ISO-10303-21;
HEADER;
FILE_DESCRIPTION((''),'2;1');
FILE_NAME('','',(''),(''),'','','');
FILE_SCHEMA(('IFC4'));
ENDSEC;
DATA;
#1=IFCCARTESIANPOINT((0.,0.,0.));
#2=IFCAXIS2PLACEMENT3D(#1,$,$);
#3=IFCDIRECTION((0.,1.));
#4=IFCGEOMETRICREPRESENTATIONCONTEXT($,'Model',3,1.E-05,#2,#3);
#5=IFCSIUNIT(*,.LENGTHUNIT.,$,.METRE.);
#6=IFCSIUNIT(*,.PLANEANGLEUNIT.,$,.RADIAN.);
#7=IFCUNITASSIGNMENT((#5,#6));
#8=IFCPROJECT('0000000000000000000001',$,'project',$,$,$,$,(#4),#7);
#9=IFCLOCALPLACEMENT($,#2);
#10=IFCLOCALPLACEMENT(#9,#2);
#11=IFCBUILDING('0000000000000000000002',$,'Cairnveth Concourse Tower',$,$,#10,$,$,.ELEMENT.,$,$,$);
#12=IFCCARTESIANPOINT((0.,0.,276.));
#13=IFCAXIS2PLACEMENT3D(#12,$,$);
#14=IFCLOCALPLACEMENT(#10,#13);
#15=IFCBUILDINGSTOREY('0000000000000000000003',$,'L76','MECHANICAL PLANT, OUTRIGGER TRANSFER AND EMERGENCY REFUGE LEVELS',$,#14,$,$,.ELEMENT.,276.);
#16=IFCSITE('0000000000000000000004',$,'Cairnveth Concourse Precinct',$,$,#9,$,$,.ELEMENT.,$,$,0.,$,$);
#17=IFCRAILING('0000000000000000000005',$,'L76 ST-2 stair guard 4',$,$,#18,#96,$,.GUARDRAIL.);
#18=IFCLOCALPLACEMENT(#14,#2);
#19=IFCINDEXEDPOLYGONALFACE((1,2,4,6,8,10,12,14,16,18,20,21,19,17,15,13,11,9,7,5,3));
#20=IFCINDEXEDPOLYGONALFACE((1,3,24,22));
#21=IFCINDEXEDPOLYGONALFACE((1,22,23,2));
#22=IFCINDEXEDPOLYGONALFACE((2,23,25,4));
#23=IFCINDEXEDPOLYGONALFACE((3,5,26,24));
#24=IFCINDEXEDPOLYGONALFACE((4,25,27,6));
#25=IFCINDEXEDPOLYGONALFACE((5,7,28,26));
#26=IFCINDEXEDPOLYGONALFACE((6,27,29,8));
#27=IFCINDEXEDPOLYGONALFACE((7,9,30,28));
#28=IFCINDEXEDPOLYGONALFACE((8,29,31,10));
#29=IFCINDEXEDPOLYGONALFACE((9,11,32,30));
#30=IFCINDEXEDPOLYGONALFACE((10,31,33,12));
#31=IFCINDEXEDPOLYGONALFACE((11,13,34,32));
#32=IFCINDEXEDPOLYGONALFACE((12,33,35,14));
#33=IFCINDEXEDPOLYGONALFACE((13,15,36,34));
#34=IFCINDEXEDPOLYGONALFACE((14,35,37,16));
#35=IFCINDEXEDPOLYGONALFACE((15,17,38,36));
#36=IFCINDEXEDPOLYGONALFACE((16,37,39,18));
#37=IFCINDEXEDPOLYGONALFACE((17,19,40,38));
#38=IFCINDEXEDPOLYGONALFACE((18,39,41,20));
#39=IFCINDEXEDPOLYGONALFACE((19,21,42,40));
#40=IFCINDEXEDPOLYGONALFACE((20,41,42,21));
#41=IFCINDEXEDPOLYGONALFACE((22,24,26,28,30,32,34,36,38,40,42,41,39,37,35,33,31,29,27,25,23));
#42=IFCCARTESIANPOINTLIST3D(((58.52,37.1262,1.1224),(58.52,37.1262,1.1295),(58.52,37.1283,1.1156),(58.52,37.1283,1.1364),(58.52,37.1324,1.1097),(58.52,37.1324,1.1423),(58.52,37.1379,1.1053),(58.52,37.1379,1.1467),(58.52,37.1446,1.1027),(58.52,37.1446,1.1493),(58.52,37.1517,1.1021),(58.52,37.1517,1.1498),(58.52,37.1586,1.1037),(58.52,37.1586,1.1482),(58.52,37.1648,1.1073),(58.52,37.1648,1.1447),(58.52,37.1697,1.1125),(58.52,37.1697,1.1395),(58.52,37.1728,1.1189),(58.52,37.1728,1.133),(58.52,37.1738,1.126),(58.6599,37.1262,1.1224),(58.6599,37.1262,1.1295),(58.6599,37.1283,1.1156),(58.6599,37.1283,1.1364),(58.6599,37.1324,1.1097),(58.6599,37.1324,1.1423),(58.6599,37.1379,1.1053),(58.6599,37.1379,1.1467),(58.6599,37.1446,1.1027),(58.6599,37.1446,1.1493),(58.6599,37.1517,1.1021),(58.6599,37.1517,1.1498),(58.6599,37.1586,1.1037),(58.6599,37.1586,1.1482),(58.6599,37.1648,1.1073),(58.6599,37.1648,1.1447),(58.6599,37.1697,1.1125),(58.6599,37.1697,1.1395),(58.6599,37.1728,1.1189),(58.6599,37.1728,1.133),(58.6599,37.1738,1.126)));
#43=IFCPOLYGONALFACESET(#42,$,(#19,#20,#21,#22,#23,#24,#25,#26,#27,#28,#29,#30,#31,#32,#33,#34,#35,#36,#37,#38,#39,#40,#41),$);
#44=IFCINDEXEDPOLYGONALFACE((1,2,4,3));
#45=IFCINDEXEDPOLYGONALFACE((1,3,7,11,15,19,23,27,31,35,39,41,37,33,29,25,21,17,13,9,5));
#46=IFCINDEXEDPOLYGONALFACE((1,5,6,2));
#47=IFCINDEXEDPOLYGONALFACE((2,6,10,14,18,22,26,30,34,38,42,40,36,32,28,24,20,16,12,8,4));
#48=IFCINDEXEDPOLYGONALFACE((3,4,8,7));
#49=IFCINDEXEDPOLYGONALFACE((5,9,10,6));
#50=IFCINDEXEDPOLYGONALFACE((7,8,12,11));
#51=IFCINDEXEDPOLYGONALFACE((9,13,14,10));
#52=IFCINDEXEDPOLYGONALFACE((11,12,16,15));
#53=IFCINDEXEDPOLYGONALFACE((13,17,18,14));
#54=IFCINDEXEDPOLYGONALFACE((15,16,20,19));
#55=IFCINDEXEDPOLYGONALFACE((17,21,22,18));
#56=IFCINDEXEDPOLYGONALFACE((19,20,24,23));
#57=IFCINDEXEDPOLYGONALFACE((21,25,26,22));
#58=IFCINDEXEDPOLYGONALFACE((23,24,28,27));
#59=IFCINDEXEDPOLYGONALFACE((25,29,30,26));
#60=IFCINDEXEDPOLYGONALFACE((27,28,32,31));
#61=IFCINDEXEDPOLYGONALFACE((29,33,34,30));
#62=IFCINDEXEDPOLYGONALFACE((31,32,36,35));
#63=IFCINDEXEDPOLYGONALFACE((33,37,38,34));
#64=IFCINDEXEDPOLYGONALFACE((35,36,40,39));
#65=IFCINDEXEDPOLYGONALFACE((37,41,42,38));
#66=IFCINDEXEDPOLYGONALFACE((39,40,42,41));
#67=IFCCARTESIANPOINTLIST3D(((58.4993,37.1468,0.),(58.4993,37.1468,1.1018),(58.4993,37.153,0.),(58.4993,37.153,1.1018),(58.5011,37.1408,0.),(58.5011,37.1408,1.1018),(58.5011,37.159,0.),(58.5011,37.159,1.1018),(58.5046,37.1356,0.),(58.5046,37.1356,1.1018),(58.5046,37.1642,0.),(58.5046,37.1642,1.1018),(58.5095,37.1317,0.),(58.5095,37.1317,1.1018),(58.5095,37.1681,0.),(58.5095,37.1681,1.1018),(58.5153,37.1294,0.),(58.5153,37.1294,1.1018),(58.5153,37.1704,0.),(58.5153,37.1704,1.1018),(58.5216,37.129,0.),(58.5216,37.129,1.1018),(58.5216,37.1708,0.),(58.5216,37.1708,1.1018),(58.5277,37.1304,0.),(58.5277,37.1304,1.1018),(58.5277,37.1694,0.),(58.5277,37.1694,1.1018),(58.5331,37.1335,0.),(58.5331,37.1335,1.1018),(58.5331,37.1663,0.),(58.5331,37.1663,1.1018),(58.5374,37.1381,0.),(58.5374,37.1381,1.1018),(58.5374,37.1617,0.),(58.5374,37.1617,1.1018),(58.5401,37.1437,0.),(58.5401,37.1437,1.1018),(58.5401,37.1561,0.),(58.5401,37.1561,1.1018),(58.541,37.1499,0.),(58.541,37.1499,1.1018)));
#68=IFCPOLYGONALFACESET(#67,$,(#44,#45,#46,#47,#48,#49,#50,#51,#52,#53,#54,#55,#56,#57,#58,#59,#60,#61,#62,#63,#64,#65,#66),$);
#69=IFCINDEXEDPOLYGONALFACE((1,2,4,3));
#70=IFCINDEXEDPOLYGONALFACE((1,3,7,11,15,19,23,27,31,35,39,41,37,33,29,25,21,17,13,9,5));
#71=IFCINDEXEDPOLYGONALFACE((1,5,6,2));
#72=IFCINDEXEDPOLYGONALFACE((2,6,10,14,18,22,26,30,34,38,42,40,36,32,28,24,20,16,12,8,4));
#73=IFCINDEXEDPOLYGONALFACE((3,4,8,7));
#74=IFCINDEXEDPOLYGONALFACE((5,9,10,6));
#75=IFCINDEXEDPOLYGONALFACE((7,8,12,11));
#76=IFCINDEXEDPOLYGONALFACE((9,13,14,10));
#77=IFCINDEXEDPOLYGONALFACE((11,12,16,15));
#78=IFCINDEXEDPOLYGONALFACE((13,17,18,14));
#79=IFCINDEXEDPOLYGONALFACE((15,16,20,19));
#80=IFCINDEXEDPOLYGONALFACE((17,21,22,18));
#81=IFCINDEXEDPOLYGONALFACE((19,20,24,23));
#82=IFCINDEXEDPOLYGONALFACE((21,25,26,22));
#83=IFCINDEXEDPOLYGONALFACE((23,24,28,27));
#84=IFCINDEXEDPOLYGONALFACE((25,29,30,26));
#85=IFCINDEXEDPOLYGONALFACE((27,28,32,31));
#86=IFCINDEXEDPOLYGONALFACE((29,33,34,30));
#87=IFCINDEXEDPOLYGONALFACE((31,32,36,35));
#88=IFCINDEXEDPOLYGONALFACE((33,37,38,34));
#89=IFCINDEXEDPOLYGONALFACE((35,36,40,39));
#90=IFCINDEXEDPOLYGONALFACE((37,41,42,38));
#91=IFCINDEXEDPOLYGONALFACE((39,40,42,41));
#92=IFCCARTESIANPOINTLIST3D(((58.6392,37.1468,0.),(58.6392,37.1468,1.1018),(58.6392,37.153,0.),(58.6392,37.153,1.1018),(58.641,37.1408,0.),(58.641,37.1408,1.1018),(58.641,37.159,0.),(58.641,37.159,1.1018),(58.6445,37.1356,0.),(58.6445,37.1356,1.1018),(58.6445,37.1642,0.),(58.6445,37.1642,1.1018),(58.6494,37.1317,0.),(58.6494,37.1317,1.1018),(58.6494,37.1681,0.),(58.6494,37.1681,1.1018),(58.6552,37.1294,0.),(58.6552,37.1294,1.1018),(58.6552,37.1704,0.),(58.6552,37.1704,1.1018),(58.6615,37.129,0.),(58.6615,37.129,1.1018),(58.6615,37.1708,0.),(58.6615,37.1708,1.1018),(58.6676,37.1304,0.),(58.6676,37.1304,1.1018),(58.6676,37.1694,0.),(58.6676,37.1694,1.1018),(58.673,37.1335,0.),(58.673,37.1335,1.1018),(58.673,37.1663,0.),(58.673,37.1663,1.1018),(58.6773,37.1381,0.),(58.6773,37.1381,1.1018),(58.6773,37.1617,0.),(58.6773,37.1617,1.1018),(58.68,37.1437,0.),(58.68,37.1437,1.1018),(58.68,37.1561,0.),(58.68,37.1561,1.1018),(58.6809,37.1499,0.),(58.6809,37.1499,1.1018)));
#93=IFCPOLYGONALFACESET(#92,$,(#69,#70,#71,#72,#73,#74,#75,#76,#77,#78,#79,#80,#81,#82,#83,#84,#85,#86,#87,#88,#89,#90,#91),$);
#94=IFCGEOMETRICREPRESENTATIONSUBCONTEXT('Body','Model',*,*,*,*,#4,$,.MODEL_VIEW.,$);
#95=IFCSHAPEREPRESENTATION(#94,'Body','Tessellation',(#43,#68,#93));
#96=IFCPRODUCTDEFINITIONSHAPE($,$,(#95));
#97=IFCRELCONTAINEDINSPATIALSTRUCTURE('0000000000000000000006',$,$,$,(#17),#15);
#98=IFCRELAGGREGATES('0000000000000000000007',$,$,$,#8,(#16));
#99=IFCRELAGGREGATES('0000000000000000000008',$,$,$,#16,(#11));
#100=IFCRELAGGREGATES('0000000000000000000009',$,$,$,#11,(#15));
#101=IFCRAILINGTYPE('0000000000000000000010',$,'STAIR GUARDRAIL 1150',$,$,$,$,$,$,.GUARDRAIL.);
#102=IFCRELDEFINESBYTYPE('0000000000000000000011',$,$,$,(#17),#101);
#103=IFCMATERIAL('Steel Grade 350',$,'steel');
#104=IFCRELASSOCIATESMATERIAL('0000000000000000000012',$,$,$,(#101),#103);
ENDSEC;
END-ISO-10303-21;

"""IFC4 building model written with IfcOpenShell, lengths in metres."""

from ifc_helpers import new_model, si_unit, direction, frame, origin, origin_2d, place, context, subcontext, project, spatial, circle, extrude, material, type_object, element, save


model = new_model("IFC4")

# Units and contexts
model_context = context("Model", 3, precision=1e-05, world=origin(), true_north=direction((0.0, 1.0)))
body_context = subcontext(model_context, "Body", "Model", "MODEL_VIEW")
ifc_project = project(units=[si_unit("LENGTHUNIT", "METRE"), si_unit("PLANEANGLEUNIT", "RADIAN")], contexts=[model_context])

# Site, building, storey
site_placement = place(None, origin())
site = spatial("IfcSite", under=ifc_project, at=site_placement, Name="Cairnveth Concourse Precinct", CompositionType="ELEMENT", RefElevation=0.0)
building_placement = place(site_placement, origin())
building = spatial("IfcBuilding", under=site, at=building_placement, Name="Cairnveth Concourse Tower", CompositionType="ELEMENT")
storey_placement = place(building_placement, frame((0.0, 0.0, 276.0)))
storey = spatial("IfcBuildingStorey", under=building, at=storey_placement, Name="L76", Description="MECHANICAL PLANT, OUTRIGGER TRANSFER AND EMERGENCY REFUGE LEVELS", CompositionType="ELEMENT", Elevation=276.0)

# Shared definitions
ifc_material_1 = material(Name="Steel Grade 350", Category="steel")

# Railing
railing_type_1 = type_object("IfcRailingType", Name="STAIR GUARDRAIL 1150", PredefinedType="GUARDRAIL", material=ifc_material_1)
railing_1_placement = place(storey_placement, frame((58.52, 37.1499, 0.0)))
element("IfcRailing", 1, at=railing_1_placement, inside=storey, type_object=railing_type_1, Name="L76 ST-2 stair guard 4", PredefinedType="GUARDRAIL", context=body_context, shape_type="SweptSolid", body=[
    extrude(circle(Radius=0.0239, at=origin_2d()), frame((0.0, 0.0, 1.126), z_axis=(1.0, 0.0, 0.0), x_axis=(0.0, 1.0, 0.0)), (0.0, 0.0, 1.0), 0.1399),
    extrude(circle(Radius=0.021, at=origin_2d()), origin(), (0.0, 0.0, 1.0), 1.1018),
    extrude(circle(Radius=0.021, at=origin_2d()), frame((0.1399, 0.0, 0.0)), (0.0, 0.0, 1.0), 1.1018),
])

save(model, "model.ifc")
